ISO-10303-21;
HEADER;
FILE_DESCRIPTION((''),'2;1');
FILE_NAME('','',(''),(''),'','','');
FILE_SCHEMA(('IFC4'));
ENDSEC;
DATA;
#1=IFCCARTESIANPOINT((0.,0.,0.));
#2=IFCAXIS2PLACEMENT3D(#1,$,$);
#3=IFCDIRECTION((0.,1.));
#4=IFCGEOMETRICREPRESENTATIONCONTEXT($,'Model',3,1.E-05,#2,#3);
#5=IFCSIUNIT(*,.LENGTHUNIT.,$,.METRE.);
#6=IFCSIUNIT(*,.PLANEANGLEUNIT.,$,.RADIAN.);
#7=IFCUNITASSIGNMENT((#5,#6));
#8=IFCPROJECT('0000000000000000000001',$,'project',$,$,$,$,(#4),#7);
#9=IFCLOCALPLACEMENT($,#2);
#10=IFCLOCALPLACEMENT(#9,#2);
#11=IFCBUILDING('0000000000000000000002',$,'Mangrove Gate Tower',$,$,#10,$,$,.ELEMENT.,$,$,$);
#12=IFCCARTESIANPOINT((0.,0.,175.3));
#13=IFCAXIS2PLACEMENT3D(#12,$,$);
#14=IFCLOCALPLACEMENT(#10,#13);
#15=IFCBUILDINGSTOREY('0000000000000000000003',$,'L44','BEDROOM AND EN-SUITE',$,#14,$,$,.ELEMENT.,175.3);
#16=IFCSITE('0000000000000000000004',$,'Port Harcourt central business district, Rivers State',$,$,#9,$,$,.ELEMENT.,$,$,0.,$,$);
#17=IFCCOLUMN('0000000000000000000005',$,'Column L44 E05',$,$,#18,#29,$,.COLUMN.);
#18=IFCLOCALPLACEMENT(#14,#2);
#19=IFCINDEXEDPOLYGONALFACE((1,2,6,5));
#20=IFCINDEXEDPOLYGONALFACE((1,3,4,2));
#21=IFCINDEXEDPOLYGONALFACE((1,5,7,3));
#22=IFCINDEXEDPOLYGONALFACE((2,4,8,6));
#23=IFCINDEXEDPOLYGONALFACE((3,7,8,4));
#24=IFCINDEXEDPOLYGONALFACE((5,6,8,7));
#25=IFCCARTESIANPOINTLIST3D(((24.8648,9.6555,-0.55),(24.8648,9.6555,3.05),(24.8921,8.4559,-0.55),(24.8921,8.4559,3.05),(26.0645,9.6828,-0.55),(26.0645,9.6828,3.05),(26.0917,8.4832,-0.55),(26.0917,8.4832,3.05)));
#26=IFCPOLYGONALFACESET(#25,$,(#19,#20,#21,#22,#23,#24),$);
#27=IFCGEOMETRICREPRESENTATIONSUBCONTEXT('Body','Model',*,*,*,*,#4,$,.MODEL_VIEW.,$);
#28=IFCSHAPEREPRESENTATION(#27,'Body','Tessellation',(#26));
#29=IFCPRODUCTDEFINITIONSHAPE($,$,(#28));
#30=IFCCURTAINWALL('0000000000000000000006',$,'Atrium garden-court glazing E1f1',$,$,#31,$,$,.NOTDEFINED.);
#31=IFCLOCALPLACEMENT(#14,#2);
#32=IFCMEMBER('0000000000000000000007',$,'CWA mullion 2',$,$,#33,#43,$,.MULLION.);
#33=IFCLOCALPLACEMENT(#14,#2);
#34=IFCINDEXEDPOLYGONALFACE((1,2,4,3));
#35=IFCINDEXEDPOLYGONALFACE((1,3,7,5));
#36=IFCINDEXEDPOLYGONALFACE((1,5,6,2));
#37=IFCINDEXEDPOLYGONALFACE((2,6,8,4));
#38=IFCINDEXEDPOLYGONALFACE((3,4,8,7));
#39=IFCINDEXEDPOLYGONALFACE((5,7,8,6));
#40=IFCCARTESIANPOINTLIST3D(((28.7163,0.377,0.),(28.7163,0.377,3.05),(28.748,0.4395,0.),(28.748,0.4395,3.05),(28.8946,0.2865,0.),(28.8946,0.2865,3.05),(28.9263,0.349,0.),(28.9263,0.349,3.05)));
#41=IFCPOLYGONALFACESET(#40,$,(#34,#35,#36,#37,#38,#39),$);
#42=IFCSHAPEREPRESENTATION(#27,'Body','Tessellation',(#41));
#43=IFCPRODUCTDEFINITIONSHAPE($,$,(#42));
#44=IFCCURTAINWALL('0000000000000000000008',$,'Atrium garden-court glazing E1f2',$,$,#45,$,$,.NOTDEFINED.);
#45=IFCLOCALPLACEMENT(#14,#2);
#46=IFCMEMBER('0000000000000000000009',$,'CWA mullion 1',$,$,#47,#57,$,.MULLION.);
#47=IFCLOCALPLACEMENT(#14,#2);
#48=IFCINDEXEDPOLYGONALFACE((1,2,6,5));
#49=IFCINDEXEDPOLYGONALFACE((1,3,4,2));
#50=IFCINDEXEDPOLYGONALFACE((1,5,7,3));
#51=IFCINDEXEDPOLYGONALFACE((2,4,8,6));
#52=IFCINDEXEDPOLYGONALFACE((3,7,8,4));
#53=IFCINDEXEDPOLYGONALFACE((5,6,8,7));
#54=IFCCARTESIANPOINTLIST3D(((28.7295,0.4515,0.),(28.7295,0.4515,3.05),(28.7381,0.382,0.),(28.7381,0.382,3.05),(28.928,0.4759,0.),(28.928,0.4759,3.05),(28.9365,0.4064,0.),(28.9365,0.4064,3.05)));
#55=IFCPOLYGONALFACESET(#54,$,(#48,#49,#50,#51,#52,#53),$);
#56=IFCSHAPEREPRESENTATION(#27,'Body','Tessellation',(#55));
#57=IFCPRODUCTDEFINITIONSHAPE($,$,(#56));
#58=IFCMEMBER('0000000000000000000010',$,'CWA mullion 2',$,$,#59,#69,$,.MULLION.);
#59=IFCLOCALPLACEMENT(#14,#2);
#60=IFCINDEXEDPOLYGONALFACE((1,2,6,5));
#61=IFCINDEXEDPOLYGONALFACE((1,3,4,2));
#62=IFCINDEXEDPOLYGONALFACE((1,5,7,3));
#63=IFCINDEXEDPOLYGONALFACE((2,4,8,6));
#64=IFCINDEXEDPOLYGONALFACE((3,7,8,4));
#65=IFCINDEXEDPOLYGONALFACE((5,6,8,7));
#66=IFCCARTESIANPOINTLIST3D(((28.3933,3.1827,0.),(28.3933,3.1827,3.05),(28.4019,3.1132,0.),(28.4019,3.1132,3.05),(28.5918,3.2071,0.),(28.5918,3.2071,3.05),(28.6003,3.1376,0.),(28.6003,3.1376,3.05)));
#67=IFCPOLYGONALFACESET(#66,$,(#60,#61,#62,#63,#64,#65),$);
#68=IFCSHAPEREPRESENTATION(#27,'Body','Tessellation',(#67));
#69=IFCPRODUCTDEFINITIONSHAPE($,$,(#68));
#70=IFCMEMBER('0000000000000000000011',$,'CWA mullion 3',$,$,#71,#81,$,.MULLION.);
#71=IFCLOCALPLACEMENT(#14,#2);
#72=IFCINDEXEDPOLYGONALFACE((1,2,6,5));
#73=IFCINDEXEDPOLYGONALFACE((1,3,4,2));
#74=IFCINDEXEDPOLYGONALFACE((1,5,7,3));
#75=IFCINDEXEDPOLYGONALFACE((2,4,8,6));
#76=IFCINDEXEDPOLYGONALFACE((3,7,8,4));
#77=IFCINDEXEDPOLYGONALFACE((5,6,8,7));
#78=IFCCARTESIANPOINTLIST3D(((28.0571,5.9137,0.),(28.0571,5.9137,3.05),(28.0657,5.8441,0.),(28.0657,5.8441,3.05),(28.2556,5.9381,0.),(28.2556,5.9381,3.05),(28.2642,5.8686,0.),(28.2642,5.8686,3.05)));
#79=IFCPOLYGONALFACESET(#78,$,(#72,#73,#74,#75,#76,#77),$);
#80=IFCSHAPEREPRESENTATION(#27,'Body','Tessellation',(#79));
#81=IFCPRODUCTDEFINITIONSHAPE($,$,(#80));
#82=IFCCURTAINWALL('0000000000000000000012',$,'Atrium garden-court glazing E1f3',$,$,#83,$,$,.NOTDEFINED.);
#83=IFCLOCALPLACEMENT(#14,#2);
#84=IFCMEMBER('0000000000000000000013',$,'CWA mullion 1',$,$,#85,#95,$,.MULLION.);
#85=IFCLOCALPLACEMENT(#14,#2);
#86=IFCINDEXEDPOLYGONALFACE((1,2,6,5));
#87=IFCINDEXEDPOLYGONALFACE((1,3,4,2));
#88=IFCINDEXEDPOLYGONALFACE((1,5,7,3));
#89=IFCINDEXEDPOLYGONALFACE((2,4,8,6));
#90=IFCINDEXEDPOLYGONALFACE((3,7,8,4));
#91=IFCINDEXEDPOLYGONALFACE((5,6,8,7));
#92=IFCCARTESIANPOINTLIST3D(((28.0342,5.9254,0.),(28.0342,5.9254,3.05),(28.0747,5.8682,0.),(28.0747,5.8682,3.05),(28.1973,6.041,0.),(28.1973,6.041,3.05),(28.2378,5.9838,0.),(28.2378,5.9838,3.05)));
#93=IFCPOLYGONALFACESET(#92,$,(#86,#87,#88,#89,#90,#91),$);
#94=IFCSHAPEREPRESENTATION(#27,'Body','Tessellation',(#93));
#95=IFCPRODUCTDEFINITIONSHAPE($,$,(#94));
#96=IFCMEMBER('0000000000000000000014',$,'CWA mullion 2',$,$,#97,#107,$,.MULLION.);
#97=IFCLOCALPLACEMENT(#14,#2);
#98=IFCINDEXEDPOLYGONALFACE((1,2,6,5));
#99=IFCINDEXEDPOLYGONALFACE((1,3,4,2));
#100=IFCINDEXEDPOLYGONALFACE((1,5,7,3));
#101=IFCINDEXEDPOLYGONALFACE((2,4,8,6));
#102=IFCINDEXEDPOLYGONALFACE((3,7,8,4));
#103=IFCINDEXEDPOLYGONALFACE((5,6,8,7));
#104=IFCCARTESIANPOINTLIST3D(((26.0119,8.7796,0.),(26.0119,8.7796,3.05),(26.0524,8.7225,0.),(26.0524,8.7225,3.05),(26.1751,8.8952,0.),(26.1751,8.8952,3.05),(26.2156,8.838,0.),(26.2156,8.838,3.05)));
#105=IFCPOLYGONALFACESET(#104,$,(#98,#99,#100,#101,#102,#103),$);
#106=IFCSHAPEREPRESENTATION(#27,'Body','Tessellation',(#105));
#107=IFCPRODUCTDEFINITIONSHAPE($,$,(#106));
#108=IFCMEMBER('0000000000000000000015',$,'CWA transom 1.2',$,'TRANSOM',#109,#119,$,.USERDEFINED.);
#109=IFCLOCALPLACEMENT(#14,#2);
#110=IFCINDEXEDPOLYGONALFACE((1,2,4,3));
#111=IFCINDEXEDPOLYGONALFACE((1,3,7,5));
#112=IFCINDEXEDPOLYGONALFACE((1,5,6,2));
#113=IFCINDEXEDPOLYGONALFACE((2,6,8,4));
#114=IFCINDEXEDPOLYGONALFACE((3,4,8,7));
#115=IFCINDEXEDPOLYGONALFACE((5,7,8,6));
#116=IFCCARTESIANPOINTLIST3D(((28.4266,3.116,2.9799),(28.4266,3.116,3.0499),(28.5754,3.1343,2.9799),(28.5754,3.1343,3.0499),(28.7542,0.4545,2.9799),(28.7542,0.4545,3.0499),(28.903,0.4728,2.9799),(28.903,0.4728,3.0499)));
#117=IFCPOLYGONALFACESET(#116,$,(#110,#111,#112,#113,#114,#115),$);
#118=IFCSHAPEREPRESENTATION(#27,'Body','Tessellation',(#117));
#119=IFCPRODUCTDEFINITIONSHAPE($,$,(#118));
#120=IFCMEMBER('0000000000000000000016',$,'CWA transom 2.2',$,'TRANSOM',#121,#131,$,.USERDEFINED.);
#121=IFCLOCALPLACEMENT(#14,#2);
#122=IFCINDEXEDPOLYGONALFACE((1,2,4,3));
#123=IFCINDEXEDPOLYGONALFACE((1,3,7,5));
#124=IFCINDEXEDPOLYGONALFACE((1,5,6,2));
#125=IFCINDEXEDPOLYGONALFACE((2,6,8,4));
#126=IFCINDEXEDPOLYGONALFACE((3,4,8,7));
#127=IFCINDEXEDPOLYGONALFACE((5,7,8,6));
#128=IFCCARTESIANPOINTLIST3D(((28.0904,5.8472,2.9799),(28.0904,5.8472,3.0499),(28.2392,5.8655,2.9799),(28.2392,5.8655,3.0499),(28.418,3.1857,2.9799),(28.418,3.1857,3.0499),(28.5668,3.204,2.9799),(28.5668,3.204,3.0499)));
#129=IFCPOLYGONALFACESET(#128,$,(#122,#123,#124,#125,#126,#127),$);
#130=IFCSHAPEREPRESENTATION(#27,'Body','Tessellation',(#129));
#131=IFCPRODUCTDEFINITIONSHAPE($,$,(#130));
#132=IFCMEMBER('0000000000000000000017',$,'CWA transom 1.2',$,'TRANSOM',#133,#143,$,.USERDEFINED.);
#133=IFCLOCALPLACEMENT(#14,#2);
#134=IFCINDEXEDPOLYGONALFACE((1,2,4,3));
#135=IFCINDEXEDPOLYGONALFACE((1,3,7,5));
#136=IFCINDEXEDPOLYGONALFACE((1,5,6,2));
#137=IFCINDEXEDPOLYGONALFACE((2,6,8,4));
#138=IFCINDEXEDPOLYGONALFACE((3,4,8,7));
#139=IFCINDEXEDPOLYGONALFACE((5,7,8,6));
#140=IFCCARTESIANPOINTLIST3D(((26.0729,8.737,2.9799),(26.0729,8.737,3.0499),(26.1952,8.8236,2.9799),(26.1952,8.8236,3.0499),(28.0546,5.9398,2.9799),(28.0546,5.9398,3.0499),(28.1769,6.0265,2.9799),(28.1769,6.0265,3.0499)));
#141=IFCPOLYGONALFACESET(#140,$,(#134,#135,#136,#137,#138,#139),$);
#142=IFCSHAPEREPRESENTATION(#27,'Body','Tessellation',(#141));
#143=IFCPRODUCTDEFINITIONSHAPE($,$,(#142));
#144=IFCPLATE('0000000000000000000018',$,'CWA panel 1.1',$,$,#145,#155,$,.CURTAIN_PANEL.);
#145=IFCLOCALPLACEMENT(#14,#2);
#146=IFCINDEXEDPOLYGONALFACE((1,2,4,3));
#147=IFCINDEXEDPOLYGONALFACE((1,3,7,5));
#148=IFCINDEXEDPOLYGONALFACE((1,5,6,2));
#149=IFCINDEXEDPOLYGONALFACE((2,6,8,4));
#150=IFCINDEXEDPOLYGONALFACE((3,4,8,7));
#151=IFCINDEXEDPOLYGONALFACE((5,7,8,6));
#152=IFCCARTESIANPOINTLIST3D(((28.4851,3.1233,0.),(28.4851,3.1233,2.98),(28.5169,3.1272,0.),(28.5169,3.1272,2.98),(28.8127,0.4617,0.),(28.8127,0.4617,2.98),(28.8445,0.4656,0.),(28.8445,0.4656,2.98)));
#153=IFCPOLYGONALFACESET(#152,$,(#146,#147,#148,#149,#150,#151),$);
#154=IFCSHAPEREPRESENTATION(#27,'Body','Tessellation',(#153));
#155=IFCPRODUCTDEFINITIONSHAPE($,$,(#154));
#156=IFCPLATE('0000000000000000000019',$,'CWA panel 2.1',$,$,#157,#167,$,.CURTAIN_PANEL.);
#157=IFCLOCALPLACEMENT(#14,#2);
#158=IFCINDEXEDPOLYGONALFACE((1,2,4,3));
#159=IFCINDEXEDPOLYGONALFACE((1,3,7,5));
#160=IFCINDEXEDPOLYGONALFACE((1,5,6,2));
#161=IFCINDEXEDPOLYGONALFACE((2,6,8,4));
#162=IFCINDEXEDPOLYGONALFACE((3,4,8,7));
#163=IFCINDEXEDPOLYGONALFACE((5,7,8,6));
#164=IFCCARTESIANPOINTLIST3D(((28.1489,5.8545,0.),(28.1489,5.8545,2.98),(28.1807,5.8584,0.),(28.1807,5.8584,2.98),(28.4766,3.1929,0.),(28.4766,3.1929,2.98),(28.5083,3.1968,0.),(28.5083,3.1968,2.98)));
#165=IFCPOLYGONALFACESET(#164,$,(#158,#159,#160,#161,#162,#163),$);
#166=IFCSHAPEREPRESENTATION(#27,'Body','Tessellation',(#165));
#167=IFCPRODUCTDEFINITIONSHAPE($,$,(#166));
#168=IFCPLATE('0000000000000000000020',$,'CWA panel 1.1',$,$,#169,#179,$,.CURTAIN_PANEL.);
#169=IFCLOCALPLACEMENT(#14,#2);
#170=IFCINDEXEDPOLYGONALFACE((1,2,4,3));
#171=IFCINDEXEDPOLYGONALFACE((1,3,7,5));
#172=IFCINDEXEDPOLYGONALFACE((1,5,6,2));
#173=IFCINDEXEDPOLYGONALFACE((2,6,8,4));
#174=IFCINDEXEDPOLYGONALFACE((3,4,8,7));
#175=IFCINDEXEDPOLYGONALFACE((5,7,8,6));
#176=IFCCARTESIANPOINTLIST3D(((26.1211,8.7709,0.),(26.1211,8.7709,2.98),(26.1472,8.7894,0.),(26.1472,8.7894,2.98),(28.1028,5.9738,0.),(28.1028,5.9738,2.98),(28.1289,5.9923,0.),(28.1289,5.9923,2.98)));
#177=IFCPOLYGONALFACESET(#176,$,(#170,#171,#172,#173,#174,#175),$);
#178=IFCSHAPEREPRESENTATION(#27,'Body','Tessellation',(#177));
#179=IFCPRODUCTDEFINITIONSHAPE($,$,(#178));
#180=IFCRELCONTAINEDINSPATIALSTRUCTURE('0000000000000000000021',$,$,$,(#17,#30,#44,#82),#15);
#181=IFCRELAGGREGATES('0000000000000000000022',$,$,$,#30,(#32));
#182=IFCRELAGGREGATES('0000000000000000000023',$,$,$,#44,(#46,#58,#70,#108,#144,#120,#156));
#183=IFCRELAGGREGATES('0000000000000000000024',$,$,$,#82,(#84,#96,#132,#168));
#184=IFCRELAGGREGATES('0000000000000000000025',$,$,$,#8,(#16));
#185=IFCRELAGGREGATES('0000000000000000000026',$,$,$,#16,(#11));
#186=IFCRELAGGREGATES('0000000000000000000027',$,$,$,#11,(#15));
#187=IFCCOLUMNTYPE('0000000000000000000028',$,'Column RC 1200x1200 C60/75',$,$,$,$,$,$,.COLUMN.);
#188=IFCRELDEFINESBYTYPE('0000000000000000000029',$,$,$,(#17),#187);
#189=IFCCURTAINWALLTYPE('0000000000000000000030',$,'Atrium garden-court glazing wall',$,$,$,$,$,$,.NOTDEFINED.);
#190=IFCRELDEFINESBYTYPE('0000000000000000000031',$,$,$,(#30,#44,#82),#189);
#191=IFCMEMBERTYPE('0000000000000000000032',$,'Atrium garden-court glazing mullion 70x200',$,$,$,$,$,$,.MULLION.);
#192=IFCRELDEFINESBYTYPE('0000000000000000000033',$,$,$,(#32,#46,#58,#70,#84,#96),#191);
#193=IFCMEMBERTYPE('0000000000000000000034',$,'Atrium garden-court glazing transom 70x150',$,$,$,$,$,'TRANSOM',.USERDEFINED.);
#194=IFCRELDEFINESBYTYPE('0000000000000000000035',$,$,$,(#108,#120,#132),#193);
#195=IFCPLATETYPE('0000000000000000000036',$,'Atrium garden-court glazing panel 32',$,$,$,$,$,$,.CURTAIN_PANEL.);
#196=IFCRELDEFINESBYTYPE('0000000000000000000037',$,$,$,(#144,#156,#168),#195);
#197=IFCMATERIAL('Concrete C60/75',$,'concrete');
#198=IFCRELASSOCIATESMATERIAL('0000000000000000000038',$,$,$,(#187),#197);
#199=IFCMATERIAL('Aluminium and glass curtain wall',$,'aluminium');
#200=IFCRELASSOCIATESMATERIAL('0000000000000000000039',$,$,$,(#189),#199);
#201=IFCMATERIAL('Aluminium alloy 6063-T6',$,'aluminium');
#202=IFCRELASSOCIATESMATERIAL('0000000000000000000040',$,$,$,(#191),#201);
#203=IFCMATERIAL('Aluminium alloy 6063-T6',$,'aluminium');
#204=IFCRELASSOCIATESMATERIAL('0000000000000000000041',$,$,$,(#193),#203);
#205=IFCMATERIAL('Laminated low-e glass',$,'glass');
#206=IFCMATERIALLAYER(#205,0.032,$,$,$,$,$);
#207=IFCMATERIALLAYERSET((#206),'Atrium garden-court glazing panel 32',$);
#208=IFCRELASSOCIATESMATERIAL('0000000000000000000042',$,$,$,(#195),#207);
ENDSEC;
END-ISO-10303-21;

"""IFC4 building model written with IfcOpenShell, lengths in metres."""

from ifc_helpers import new_model, si_unit, direction, frame, origin, origin_2d, place, context, subcontext, project, spatial, rectangle, extrude, material, layer, layer_set, material_profile, profile_set, type_object, element, aggregate, save


model = new_model("IFC4")

# Units and contexts
model_context = context("Model", 3, precision=1e-05, world=origin(), true_north=direction((0.0, 1.0)))
body_context = subcontext(model_context, "Body", "Model", "MODEL_VIEW")
ifc_project = project(units=[si_unit("LENGTHUNIT", "METRE"), si_unit("PLANEANGLEUNIT", "RADIAN")], contexts=[model_context])

# Site, building, storey
site_placement = place(None, origin())
site = spatial("IfcSite", under=ifc_project, at=site_placement, Name="Port Harcourt central business district, Rivers State", CompositionType="ELEMENT", RefElevation=0.0)
building_placement = place(site_placement, origin())
building = spatial("IfcBuilding", under=site, at=building_placement, Name="Mangrove Gate Tower", CompositionType="ELEMENT")
storey_placement = place(building_placement, frame((0.0, 0.0, 175.3)))
storey = spatial("IfcBuildingStorey", under=building, at=storey_placement, Name="L44", Description="BEDROOM AND EN-SUITE", CompositionType="ELEMENT", Elevation=175.3)

# Column
ifc_material_1 = material(Name="Concrete C60/75", Category="concrete")
ifc_material_profile_1 = material_profile(ifc_material_1, rectangle(XDim=1.2, YDim=1.2, at=origin_2d()))
ifc_profile_set_1 = profile_set([ifc_material_profile_1], Name="Concrete C60/75")
column_type = type_object("IfcColumnType", Name="Column RC 1200x1200 C60/75", PredefinedType="COLUMN", material=ifc_profile_set_1)
column_placement = place(storey_placement, frame((25.4783, 9.0693, -0.55), z_axis=(0.0, 0.0, 1.0), x_axis=(-0.022731, 0.999742, 0.0)))
element("IfcColumn", 1, at=column_placement, inside=storey, type_object=column_type, Name="Column L44 E05", PredefinedType="COLUMN", context=body_context, shape_type="SweptSolid", body=[
    extrude(rectangle(XDim=1.2, YDim=1.2, at=origin_2d()), origin(), (0.0, 0.0, 1.0), 3.6001),
])

# Curtain wall, member
ifc_material_2 = material(Name="Aluminium and glass curtain wall", Category="aluminium")
curtain_wall_type = type_object("IfcCurtainWallType", Name="Atrium garden-court glazing wall", PredefinedType="NOTDEFINED", material=ifc_material_2)
curtain_wall_1_placement = place(storey_placement, origin())
curtain_wall_1 = element("IfcCurtainWall", 2, at=curtain_wall_1_placement, inside=storey, type_object=curtain_wall_type, Name="Atrium garden-court glazing E1f1", PredefinedType="NOTDEFINED")
ifc_material_3 = material(Name="Aluminium alloy 6063-T6", Category="aluminium")
ifc_material_profile_2 = material_profile(ifc_material_3, rectangle(XDim=0.0701, YDim=0.2, at=origin_2d()))
ifc_profile_set_2 = profile_set([ifc_material_profile_2], Name="Aluminium alloy 6063-T6")
member_type_1 = type_object("IfcMemberType", Name="Atrium garden-court glazing mullion 70x200", PredefinedType="MULLION", material=ifc_profile_set_2)
member_1_placement = place(storey_placement, frame((28.8213, 0.363, 0.0), z_axis=(0.0, 0.0, 1.0), x_axis=(0.452578, 0.891725, 0.0)))
member_1 = element("IfcMember", 3, at=member_1_placement, type_object=member_type_1, Name="CWA mullion 2", PredefinedType="MULLION", context=body_context, shape_type="SweptSolid", body=[
    extrude(rectangle(XDim=0.0701, YDim=0.2, at=origin_2d()), origin(), (0.0, 0.0, 1.0), 3.05),
])
aggregate(curtain_wall_1, [member_1])

# Curtain walls, members
curtain_wall_2_placement = place(storey_placement, origin())
curtain_wall_2 = element("IfcCurtainWall", 4, at=curtain_wall_2_placement, inside=storey, type_object=curtain_wall_type, Name="Atrium garden-court glazing E1f2", PredefinedType="NOTDEFINED")
member_2_placement = place(storey_placement, frame((28.833, 0.429, 0.0), z_axis=(0.0, 0.0, 1.0), x_axis=(-0.122172, 0.992509, 0.0)))
member_2 = element("IfcMember", 5, at=member_2_placement, type_object=member_type_1, Name="CWA mullion 1", PredefinedType="MULLION", context=body_context, shape_type="SweptSolid", body=[
    extrude(rectangle(XDim=0.0701, YDim=0.2, at=origin_2d()), origin(), (0.0, 0.0, 1.0), 3.05),
])
member_3_placement = place(storey_placement, frame((28.4968, 3.1602, 0.0), z_axis=(0.0, 0.0, 1.0), x_axis=(-0.122172, 0.992509, 0.0)))
member_3 = element("IfcMember", 6, at=member_3_placement, type_object=member_type_1, Name="CWA mullion 2", PredefinedType="MULLION", context=body_context, shape_type="SweptSolid", body=[
    extrude(rectangle(XDim=0.0701, YDim=0.2, at=origin_2d()), origin(), (0.0, 0.0, 1.0), 3.05),
])
member_4_placement = place(storey_placement, frame((28.1606, 5.8911, 0.0), z_axis=(0.0, 0.0, 1.0), x_axis=(-0.122172, 0.992509, 0.0)))
member_4 = element("IfcMember", 7, at=member_4_placement, type_object=member_type_1, Name="CWA mullion 3", PredefinedType="MULLION", context=body_context, shape_type="SweptSolid", body=[
    extrude(rectangle(XDim=0.0701, YDim=0.2, at=origin_2d()), origin(), (0.0, 0.0, 1.0), 3.05),
])
curtain_wall_3_placement = place(storey_placement, origin())
curtain_wall_3 = element("IfcCurtainWall", 8, at=curtain_wall_3_placement, inside=storey, type_object=curtain_wall_type, Name="Atrium garden-court glazing E1f3", PredefinedType="NOTDEFINED")
member_5_placement = place(storey_placement, frame((28.136, 5.9546, 0.0), z_axis=(0.0, 0.0, 1.0), x_axis=(-0.578106, 0.815961, 0.0)))
member_5 = element("IfcMember", 9, at=member_5_placement, type_object=member_type_1, Name="CWA mullion 1", PredefinedType="MULLION", context=body_context, shape_type="SweptSolid", body=[
    extrude(rectangle(XDim=0.0701, YDim=0.2, at=origin_2d()), origin(), (0.0, 0.0, 1.0), 3.05),
])
member_6_placement = place(storey_placement, frame((26.1138, 8.8088, 0.0), z_axis=(0.0, 0.0, 1.0), x_axis=(-0.578106, 0.815961, 0.0)))
member_6 = element("IfcMember", 10, at=member_6_placement, type_object=member_type_1, Name="CWA mullion 2", PredefinedType="MULLION", context=body_context, shape_type="SweptSolid", body=[
    extrude(rectangle(XDim=0.0701, YDim=0.2, at=origin_2d()), origin(), (0.0, 0.0, 1.0), 3.05),
])

# Members
ifc_material_4 = material(Name="Aluminium alloy 6063-T6", Category="aluminium")
ifc_material_profile_3 = material_profile(ifc_material_4, rectangle(XDim=0.0701, YDim=0.1499, at=origin_2d()))
ifc_profile_set_3 = profile_set([ifc_material_profile_3], Name="Aluminium alloy 6063-T6")
member_type_2 = type_object("IfcMemberType", Name="Atrium garden-court glazing transom 70x150", ElementType="TRANSOM", PredefinedType="USERDEFINED", material=ifc_profile_set_3)
member_7_placement = place(storey_placement, frame((28.8286, 0.4636, 3.0149), z_axis=(-0.122175, 0.992509, 0.0), x_axis=(0.0, 0.0, 1.0)))
member_7 = element("IfcMember", 11, at=member_7_placement, type_object=member_type_2, Name="CWA transom 1.2", ObjectType="TRANSOM", PredefinedType="USERDEFINED", context=body_context, shape_type="SweptSolid", body=[
    extrude(rectangle(XDim=0.0701, YDim=0.1499, at=origin_2d()), origin(), (0.0, 0.0, 1.0), 2.6816),
])
member_8_placement = place(storey_placement, frame((28.4924, 3.1948, 3.0149), z_axis=(-0.122175, 0.992509, 0.0), x_axis=(0.0, 0.0, 1.0)))
member_8 = element("IfcMember", 12, at=member_8_placement, type_object=member_type_2, Name="CWA transom 2.2", ObjectType="TRANSOM", PredefinedType="USERDEFINED", context=body_context, shape_type="SweptSolid", body=[
    extrude(rectangle(XDim=0.0701, YDim=0.1499, at=origin_2d()), origin(), (0.0, 0.0, 1.0), 2.6816),
])
member_9_placement = place(storey_placement, frame((28.1157, 5.9832, 3.0149), z_axis=(-0.578094, 0.81597, 0.0), x_axis=(0.0, 0.0, 1.0)))
member_9 = element("IfcMember", 13, at=member_9_placement, type_object=member_type_2, Name="CWA transom 1.2", ObjectType="TRANSOM", PredefinedType="USERDEFINED", context=body_context, shape_type="SweptSolid", body=[
    extrude(rectangle(XDim=0.0701, YDim=0.1499, at=origin_2d()), origin(), (0.0, 0.0, 1.0), 3.428),
])

# Plates
ifc_material_5 = material(Name="Laminated low-e glass", Category="glass")
ifc_layer_1 = layer(ifc_material_5, 0.032)
ifc_layer_set_1 = layer_set([ifc_layer_1], Name="Atrium garden-court glazing panel 32")
plate_type = type_object("IfcPlateType", Name="Atrium garden-court glazing panel 32", PredefinedType="CURTAIN_PANEL", material=ifc_layer_set_1)
plate_1_placement = place(storey_placement, frame((28.6648, 1.7944, 0.0), z_axis=(0.0, 0.0, 1.0), x_axis=(-0.122172, 0.992509, 0.0)))
plate_1 = element("IfcPlate", 14, at=plate_1_placement, type_object=plate_type, Name="CWA panel 1.1", PredefinedType="CURTAIN_PANEL", context=body_context, shape_type="SweptSolid", body=[
    extrude(rectangle(XDim=2.6816, YDim=0.032, at=origin_2d()), origin(), (0.0, 0.0, 1.0), 2.98),
])
plate_2_placement = place(storey_placement, frame((28.3286, 4.5256, 0.0), z_axis=(0.0, 0.0, 1.0), x_axis=(-0.122172, 0.992509, 0.0)))
plate_2 = element("IfcPlate", 15, at=plate_2_placement, type_object=plate_type, Name="CWA panel 2.1", PredefinedType="CURTAIN_PANEL", context=body_context, shape_type="SweptSolid", body=[
    extrude(rectangle(XDim=2.6816, YDim=0.032, at=origin_2d()), origin(), (0.0, 0.0, 1.0), 2.98),
])
aggregate(curtain_wall_2, [member_2, member_3, member_4, member_7, plate_1, member_8, plate_2])
plate_3_placement = place(storey_placement, frame((27.125, 7.3816, 0.0), z_axis=(0.0, 0.0, 1.0), x_axis=(-0.578106, 0.815961, 0.0)))
plate_3 = element("IfcPlate", 16, at=plate_3_placement, type_object=plate_type, Name="CWA panel 1.1", PredefinedType="CURTAIN_PANEL", context=body_context, shape_type="SweptSolid", body=[
    extrude(rectangle(XDim=3.428, YDim=0.032, at=origin_2d()), origin(), (0.0, 0.0, 1.0), 2.98),
])
aggregate(curtain_wall_3, [member_5, member_6, member_9, plate_3])

save(model, "model.ifc")
